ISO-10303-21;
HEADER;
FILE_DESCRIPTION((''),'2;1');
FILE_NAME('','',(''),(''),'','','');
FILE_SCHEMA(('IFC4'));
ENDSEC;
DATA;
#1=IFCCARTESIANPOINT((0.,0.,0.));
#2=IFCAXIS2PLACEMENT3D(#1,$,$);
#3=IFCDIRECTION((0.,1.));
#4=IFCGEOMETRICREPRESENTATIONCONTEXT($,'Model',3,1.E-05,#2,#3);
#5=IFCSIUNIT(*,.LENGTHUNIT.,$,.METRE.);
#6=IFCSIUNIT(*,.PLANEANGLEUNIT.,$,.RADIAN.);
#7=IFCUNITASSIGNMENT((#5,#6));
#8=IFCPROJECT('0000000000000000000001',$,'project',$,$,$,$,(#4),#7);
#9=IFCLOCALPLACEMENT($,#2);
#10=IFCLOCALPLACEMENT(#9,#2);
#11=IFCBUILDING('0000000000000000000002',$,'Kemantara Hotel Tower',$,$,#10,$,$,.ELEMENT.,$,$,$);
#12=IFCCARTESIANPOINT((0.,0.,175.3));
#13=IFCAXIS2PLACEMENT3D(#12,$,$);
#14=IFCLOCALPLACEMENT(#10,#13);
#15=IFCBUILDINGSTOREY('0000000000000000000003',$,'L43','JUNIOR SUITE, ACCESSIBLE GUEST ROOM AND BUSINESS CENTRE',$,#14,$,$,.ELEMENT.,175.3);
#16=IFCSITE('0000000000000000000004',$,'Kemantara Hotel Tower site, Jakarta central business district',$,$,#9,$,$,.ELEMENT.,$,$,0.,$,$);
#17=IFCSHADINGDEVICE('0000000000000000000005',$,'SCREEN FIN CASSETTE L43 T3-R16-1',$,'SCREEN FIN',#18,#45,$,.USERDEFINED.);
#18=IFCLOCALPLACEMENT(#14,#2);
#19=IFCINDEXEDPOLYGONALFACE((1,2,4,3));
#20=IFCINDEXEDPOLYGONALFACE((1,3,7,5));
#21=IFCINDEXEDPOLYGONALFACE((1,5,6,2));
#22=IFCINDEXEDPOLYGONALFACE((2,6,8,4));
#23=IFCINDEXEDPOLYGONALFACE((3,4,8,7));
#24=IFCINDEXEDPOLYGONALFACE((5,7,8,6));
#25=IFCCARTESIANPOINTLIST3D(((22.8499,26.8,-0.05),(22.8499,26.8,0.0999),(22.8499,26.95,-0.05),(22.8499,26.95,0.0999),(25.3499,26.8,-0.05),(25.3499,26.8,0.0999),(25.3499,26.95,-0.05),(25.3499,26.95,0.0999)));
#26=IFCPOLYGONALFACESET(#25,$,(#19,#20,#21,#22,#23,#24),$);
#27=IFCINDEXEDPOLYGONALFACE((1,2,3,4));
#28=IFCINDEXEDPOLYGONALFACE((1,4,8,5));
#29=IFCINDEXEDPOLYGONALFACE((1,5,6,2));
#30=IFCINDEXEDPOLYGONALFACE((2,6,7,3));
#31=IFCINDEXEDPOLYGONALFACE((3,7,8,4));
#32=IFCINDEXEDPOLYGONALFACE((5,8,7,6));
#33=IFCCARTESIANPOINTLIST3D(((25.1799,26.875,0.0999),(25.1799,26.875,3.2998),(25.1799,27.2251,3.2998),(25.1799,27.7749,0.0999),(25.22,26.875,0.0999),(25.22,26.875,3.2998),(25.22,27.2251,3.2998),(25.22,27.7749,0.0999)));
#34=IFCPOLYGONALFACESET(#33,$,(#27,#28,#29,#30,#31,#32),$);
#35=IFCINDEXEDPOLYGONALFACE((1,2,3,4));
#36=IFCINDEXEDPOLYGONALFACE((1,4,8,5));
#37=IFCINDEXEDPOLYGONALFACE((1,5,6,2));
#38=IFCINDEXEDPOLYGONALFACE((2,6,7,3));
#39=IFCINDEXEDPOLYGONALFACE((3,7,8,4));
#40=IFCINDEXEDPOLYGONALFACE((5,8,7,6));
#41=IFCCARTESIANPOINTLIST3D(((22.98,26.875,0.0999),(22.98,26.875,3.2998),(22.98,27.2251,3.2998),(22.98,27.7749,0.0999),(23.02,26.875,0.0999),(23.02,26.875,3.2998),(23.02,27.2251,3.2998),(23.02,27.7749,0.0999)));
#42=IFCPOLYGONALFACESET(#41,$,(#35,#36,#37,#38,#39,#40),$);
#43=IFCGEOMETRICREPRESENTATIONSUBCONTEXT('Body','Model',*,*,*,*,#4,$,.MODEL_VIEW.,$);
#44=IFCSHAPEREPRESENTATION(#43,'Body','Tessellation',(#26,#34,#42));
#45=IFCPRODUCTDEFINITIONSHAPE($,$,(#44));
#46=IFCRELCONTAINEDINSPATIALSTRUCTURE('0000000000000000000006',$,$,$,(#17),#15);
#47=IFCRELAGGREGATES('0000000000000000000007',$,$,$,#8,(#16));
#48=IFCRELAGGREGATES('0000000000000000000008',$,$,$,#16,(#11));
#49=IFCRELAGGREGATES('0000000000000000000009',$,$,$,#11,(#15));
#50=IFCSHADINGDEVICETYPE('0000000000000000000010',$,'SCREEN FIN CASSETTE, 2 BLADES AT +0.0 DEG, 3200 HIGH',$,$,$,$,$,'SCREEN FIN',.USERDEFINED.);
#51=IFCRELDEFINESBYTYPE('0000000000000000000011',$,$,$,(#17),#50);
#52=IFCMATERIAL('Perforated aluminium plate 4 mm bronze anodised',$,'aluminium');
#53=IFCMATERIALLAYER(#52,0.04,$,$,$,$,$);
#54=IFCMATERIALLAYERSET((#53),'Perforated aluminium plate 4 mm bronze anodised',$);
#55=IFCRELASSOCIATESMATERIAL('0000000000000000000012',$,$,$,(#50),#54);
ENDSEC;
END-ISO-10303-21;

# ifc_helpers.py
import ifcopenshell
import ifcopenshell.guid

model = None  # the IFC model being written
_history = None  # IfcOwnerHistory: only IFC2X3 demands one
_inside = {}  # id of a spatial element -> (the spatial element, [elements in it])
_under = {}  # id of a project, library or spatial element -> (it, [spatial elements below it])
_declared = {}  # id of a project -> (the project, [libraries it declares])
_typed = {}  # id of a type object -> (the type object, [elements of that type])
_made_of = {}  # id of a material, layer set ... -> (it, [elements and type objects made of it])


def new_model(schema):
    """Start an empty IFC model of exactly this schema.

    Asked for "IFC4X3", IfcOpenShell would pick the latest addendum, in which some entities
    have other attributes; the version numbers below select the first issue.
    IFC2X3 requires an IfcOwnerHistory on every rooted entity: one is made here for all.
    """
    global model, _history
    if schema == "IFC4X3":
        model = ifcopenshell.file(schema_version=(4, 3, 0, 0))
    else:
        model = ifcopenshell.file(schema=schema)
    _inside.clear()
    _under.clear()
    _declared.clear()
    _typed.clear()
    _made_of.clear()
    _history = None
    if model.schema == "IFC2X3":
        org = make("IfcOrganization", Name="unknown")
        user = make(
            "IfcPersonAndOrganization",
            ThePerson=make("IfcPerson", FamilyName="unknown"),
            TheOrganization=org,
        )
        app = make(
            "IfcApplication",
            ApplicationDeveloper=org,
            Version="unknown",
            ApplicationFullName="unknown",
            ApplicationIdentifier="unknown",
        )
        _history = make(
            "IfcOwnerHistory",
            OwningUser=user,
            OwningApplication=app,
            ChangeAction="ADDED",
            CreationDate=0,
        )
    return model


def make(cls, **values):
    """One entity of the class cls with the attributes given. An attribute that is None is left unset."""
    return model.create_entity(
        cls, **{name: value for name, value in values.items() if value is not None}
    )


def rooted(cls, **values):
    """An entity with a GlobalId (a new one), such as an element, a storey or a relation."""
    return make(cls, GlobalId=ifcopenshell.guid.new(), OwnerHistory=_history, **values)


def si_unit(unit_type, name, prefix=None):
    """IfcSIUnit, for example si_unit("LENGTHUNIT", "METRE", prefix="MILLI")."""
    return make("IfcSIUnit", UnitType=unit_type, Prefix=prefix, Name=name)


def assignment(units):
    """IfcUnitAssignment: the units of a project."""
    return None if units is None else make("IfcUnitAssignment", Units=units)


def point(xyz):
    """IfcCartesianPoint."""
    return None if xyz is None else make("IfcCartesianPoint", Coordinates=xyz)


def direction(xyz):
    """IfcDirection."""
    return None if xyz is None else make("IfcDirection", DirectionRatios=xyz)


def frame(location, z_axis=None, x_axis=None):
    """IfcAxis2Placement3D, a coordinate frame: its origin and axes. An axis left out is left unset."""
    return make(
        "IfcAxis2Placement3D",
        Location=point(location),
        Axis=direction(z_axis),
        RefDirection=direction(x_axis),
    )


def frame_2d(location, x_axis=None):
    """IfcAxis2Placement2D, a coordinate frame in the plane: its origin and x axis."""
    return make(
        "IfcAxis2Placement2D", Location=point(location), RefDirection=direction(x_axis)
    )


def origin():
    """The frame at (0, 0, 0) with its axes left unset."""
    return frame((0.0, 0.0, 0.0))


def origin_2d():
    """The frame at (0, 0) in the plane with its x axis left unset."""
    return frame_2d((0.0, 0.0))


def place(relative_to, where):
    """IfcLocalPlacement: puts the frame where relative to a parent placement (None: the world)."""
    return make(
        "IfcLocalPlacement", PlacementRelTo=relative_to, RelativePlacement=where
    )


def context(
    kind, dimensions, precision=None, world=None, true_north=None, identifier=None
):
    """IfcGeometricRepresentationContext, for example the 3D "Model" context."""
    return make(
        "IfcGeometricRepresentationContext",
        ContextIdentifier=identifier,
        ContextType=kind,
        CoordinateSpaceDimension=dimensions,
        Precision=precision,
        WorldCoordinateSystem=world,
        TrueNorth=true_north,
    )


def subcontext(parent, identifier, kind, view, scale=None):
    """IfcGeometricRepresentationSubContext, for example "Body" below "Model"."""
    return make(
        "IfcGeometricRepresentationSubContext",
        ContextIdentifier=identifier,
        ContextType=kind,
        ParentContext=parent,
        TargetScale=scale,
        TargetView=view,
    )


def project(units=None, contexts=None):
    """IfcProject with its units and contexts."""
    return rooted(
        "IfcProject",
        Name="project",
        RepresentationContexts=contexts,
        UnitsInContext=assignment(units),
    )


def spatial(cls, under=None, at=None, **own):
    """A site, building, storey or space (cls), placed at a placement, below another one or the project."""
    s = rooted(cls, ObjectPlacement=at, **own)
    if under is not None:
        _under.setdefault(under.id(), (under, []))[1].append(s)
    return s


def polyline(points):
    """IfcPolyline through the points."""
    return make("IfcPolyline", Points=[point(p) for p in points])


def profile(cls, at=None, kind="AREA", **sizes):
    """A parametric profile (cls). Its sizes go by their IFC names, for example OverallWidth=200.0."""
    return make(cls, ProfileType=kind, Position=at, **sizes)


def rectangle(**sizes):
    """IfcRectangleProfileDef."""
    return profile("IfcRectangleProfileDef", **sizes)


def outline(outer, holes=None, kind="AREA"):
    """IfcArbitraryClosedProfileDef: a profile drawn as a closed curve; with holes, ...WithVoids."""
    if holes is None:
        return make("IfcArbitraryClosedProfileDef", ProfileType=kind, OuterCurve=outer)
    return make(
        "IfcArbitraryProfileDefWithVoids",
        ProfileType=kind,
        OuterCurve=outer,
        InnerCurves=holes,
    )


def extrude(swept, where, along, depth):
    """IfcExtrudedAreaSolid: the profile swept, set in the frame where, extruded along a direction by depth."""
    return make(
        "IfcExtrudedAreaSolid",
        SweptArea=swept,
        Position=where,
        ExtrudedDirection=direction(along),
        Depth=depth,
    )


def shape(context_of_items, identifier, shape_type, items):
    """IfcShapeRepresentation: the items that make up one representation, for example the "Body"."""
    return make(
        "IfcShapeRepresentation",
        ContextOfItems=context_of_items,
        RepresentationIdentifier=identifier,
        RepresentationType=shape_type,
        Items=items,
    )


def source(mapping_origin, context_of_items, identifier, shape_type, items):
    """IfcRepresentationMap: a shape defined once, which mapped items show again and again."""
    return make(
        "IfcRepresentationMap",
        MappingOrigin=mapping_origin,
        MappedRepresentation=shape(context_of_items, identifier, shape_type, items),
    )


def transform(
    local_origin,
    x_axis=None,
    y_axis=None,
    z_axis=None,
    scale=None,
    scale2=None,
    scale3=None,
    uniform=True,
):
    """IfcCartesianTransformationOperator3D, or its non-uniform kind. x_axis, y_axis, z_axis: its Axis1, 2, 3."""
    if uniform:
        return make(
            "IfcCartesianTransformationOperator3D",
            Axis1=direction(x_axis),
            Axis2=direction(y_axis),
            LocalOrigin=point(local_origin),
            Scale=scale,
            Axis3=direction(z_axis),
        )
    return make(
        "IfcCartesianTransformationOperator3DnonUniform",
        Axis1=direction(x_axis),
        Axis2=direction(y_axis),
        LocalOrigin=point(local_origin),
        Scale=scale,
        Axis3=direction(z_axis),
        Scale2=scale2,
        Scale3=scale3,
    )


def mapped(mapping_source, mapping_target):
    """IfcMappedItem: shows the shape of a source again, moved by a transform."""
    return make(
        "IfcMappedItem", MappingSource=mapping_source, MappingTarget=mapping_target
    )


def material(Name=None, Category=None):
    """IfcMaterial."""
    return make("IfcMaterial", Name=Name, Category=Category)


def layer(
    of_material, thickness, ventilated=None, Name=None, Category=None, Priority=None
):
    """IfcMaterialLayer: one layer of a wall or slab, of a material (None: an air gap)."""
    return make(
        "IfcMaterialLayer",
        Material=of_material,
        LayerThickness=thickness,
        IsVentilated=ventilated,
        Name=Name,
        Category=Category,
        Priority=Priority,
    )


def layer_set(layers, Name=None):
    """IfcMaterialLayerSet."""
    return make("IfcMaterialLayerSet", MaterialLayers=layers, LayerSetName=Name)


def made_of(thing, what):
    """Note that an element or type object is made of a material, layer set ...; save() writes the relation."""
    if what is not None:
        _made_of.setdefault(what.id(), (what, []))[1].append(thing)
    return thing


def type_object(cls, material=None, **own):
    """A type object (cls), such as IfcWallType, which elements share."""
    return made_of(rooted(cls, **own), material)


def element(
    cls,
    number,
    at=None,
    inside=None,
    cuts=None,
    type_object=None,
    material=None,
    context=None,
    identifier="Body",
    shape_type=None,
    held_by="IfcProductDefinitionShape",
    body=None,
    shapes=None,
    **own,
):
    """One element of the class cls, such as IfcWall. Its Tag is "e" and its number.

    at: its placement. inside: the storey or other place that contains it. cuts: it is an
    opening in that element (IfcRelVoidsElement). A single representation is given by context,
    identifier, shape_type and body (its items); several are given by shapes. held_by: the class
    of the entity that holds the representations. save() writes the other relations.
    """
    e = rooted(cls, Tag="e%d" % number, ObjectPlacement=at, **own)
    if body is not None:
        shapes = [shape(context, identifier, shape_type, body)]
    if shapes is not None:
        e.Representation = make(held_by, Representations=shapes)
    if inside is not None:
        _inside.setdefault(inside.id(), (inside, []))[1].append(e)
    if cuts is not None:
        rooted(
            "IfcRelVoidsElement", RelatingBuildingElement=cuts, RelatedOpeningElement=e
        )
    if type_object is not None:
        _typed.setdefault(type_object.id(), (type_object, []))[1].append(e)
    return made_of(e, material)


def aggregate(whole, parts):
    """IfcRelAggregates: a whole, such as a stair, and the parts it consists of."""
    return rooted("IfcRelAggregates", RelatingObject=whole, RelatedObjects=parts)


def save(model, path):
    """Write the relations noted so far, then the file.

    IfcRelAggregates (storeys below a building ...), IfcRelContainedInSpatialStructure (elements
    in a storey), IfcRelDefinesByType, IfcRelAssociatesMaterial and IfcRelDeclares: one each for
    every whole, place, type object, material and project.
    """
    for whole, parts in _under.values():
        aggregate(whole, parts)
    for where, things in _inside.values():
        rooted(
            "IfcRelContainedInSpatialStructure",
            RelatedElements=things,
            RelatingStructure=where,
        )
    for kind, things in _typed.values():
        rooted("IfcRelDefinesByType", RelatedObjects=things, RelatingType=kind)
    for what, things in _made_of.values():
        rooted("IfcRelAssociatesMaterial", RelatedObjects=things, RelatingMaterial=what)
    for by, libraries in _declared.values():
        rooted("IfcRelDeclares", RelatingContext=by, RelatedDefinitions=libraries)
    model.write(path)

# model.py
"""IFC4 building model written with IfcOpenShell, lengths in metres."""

from ifc_helpers import new_model, si_unit, direction, frame, origin, origin_2d, place, context, subcontext, project, spatial, polyline, rectangle, outline, extrude, source, transform, mapped, material, layer, layer_set, type_object, element, save


model = new_model("IFC4")

# Units and contexts
model_context = context("Model", 3, precision=1e-05, world=origin(), true_north=direction((0.0, 1.0)))
body_context = subcontext(model_context, "Body", "Model", "MODEL_VIEW")
ifc_project = project(units=[si_unit("LENGTHUNIT", "METRE"), si_unit("PLANEANGLEUNIT", "RADIAN")], contexts=[model_context])

# Site, building, storey
site_placement = place(None, origin())
site = spatial("IfcSite", under=ifc_project, at=site_placement, Name="Kemantara Hotel Tower site, Jakarta central business district", CompositionType="ELEMENT", RefElevation=0.0)
building_placement = place(site_placement, origin())
building = spatial("IfcBuilding", under=site, at=building_placement, Name="Kemantara Hotel Tower", CompositionType="ELEMENT")
storey_placement = place(building_placement, frame((0.0, 0.0, 175.3)))
storey = spatial("IfcBuildingStorey", under=building, at=storey_placement, Name="L43", Description="JUNIOR SUITE, ACCESSIBLE GUEST ROOM AND BUSINESS CENTRE", CompositionType="ELEMENT", Elevation=175.3)

# Shading device
ifc_material_1 = material(Name="Perforated aluminium plate 4 mm bronze anodised", Category="aluminium")
ifc_layer_1 = layer(ifc_material_1, 0.04)
ifc_layer_set_1 = layer_set([ifc_layer_1], Name="Perforated aluminium plate 4 mm bronze anodised")
shading_device_type_1 = type_object("IfcShadingDeviceType", Name="SCREEN FIN CASSETTE, 2 BLADES AT +0.0 DEG, 3200 HIGH", ElementType="SCREEN FIN", PredefinedType="USERDEFINED", material=ifc_layer_set_1)
shared_shape_1 = source(origin(), body_context, "Body", "SweptSolid", [
    extrude(rectangle(XDim=2.5, YDim=0.1499, at=origin_2d()), frame((1.1001, -0.075, -0.1499), z_axis=(0.0, 0.0, 1.0), x_axis=(1.0, 0.0, 0.0)), (0.0, 0.0, 1.0), 0.1499),
    extrude(outline(polyline([(0.0, 0.0), (0.8999, 0.0), (0.3501, 3.2), (0.0, 3.2), (0.0, 0.0)])), frame((0.02, -0.075, 0.0), z_axis=(-1.0, 0.0, 0.0), x_axis=(0.0, -1.0, 0.0)), (0.0, 0.0, 1.0), 0.04),
    extrude(outline(polyline([(0.0, 0.0), (0.8999, 0.0), (0.3501, 3.2), (0.0, 3.2), (0.0, 0.0)])), frame((2.22, -0.075, 0.0), z_axis=(-1.0, 0.0, 0.0), x_axis=(0.0, -1.0, 0.0)), (0.0, 0.0, 1.0), 0.04),
])
for number, where, z_axis, x_axis, name in (
    (1, (25.2, 26.8, 0.0999), (0.0, 0.0, 1.0), (-1.0, 0.0, 0.0), "SCREEN FIN CASSETTE L43 T3-R16-1"),
):
    element("IfcShadingDevice", number, at=place(storey_placement, frame(where, z_axis=z_axis, x_axis=x_axis)), inside=storey, type_object=shading_device_type_1, Name=name, ObjectType="SCREEN FIN", PredefinedType="USERDEFINED", context=body_context, shape_type="MappedRepresentation", body=[
        mapped(shared_shape_1, transform((0.0, 0.0, 0.0))),
    ])

save(model, "model.ifc")
